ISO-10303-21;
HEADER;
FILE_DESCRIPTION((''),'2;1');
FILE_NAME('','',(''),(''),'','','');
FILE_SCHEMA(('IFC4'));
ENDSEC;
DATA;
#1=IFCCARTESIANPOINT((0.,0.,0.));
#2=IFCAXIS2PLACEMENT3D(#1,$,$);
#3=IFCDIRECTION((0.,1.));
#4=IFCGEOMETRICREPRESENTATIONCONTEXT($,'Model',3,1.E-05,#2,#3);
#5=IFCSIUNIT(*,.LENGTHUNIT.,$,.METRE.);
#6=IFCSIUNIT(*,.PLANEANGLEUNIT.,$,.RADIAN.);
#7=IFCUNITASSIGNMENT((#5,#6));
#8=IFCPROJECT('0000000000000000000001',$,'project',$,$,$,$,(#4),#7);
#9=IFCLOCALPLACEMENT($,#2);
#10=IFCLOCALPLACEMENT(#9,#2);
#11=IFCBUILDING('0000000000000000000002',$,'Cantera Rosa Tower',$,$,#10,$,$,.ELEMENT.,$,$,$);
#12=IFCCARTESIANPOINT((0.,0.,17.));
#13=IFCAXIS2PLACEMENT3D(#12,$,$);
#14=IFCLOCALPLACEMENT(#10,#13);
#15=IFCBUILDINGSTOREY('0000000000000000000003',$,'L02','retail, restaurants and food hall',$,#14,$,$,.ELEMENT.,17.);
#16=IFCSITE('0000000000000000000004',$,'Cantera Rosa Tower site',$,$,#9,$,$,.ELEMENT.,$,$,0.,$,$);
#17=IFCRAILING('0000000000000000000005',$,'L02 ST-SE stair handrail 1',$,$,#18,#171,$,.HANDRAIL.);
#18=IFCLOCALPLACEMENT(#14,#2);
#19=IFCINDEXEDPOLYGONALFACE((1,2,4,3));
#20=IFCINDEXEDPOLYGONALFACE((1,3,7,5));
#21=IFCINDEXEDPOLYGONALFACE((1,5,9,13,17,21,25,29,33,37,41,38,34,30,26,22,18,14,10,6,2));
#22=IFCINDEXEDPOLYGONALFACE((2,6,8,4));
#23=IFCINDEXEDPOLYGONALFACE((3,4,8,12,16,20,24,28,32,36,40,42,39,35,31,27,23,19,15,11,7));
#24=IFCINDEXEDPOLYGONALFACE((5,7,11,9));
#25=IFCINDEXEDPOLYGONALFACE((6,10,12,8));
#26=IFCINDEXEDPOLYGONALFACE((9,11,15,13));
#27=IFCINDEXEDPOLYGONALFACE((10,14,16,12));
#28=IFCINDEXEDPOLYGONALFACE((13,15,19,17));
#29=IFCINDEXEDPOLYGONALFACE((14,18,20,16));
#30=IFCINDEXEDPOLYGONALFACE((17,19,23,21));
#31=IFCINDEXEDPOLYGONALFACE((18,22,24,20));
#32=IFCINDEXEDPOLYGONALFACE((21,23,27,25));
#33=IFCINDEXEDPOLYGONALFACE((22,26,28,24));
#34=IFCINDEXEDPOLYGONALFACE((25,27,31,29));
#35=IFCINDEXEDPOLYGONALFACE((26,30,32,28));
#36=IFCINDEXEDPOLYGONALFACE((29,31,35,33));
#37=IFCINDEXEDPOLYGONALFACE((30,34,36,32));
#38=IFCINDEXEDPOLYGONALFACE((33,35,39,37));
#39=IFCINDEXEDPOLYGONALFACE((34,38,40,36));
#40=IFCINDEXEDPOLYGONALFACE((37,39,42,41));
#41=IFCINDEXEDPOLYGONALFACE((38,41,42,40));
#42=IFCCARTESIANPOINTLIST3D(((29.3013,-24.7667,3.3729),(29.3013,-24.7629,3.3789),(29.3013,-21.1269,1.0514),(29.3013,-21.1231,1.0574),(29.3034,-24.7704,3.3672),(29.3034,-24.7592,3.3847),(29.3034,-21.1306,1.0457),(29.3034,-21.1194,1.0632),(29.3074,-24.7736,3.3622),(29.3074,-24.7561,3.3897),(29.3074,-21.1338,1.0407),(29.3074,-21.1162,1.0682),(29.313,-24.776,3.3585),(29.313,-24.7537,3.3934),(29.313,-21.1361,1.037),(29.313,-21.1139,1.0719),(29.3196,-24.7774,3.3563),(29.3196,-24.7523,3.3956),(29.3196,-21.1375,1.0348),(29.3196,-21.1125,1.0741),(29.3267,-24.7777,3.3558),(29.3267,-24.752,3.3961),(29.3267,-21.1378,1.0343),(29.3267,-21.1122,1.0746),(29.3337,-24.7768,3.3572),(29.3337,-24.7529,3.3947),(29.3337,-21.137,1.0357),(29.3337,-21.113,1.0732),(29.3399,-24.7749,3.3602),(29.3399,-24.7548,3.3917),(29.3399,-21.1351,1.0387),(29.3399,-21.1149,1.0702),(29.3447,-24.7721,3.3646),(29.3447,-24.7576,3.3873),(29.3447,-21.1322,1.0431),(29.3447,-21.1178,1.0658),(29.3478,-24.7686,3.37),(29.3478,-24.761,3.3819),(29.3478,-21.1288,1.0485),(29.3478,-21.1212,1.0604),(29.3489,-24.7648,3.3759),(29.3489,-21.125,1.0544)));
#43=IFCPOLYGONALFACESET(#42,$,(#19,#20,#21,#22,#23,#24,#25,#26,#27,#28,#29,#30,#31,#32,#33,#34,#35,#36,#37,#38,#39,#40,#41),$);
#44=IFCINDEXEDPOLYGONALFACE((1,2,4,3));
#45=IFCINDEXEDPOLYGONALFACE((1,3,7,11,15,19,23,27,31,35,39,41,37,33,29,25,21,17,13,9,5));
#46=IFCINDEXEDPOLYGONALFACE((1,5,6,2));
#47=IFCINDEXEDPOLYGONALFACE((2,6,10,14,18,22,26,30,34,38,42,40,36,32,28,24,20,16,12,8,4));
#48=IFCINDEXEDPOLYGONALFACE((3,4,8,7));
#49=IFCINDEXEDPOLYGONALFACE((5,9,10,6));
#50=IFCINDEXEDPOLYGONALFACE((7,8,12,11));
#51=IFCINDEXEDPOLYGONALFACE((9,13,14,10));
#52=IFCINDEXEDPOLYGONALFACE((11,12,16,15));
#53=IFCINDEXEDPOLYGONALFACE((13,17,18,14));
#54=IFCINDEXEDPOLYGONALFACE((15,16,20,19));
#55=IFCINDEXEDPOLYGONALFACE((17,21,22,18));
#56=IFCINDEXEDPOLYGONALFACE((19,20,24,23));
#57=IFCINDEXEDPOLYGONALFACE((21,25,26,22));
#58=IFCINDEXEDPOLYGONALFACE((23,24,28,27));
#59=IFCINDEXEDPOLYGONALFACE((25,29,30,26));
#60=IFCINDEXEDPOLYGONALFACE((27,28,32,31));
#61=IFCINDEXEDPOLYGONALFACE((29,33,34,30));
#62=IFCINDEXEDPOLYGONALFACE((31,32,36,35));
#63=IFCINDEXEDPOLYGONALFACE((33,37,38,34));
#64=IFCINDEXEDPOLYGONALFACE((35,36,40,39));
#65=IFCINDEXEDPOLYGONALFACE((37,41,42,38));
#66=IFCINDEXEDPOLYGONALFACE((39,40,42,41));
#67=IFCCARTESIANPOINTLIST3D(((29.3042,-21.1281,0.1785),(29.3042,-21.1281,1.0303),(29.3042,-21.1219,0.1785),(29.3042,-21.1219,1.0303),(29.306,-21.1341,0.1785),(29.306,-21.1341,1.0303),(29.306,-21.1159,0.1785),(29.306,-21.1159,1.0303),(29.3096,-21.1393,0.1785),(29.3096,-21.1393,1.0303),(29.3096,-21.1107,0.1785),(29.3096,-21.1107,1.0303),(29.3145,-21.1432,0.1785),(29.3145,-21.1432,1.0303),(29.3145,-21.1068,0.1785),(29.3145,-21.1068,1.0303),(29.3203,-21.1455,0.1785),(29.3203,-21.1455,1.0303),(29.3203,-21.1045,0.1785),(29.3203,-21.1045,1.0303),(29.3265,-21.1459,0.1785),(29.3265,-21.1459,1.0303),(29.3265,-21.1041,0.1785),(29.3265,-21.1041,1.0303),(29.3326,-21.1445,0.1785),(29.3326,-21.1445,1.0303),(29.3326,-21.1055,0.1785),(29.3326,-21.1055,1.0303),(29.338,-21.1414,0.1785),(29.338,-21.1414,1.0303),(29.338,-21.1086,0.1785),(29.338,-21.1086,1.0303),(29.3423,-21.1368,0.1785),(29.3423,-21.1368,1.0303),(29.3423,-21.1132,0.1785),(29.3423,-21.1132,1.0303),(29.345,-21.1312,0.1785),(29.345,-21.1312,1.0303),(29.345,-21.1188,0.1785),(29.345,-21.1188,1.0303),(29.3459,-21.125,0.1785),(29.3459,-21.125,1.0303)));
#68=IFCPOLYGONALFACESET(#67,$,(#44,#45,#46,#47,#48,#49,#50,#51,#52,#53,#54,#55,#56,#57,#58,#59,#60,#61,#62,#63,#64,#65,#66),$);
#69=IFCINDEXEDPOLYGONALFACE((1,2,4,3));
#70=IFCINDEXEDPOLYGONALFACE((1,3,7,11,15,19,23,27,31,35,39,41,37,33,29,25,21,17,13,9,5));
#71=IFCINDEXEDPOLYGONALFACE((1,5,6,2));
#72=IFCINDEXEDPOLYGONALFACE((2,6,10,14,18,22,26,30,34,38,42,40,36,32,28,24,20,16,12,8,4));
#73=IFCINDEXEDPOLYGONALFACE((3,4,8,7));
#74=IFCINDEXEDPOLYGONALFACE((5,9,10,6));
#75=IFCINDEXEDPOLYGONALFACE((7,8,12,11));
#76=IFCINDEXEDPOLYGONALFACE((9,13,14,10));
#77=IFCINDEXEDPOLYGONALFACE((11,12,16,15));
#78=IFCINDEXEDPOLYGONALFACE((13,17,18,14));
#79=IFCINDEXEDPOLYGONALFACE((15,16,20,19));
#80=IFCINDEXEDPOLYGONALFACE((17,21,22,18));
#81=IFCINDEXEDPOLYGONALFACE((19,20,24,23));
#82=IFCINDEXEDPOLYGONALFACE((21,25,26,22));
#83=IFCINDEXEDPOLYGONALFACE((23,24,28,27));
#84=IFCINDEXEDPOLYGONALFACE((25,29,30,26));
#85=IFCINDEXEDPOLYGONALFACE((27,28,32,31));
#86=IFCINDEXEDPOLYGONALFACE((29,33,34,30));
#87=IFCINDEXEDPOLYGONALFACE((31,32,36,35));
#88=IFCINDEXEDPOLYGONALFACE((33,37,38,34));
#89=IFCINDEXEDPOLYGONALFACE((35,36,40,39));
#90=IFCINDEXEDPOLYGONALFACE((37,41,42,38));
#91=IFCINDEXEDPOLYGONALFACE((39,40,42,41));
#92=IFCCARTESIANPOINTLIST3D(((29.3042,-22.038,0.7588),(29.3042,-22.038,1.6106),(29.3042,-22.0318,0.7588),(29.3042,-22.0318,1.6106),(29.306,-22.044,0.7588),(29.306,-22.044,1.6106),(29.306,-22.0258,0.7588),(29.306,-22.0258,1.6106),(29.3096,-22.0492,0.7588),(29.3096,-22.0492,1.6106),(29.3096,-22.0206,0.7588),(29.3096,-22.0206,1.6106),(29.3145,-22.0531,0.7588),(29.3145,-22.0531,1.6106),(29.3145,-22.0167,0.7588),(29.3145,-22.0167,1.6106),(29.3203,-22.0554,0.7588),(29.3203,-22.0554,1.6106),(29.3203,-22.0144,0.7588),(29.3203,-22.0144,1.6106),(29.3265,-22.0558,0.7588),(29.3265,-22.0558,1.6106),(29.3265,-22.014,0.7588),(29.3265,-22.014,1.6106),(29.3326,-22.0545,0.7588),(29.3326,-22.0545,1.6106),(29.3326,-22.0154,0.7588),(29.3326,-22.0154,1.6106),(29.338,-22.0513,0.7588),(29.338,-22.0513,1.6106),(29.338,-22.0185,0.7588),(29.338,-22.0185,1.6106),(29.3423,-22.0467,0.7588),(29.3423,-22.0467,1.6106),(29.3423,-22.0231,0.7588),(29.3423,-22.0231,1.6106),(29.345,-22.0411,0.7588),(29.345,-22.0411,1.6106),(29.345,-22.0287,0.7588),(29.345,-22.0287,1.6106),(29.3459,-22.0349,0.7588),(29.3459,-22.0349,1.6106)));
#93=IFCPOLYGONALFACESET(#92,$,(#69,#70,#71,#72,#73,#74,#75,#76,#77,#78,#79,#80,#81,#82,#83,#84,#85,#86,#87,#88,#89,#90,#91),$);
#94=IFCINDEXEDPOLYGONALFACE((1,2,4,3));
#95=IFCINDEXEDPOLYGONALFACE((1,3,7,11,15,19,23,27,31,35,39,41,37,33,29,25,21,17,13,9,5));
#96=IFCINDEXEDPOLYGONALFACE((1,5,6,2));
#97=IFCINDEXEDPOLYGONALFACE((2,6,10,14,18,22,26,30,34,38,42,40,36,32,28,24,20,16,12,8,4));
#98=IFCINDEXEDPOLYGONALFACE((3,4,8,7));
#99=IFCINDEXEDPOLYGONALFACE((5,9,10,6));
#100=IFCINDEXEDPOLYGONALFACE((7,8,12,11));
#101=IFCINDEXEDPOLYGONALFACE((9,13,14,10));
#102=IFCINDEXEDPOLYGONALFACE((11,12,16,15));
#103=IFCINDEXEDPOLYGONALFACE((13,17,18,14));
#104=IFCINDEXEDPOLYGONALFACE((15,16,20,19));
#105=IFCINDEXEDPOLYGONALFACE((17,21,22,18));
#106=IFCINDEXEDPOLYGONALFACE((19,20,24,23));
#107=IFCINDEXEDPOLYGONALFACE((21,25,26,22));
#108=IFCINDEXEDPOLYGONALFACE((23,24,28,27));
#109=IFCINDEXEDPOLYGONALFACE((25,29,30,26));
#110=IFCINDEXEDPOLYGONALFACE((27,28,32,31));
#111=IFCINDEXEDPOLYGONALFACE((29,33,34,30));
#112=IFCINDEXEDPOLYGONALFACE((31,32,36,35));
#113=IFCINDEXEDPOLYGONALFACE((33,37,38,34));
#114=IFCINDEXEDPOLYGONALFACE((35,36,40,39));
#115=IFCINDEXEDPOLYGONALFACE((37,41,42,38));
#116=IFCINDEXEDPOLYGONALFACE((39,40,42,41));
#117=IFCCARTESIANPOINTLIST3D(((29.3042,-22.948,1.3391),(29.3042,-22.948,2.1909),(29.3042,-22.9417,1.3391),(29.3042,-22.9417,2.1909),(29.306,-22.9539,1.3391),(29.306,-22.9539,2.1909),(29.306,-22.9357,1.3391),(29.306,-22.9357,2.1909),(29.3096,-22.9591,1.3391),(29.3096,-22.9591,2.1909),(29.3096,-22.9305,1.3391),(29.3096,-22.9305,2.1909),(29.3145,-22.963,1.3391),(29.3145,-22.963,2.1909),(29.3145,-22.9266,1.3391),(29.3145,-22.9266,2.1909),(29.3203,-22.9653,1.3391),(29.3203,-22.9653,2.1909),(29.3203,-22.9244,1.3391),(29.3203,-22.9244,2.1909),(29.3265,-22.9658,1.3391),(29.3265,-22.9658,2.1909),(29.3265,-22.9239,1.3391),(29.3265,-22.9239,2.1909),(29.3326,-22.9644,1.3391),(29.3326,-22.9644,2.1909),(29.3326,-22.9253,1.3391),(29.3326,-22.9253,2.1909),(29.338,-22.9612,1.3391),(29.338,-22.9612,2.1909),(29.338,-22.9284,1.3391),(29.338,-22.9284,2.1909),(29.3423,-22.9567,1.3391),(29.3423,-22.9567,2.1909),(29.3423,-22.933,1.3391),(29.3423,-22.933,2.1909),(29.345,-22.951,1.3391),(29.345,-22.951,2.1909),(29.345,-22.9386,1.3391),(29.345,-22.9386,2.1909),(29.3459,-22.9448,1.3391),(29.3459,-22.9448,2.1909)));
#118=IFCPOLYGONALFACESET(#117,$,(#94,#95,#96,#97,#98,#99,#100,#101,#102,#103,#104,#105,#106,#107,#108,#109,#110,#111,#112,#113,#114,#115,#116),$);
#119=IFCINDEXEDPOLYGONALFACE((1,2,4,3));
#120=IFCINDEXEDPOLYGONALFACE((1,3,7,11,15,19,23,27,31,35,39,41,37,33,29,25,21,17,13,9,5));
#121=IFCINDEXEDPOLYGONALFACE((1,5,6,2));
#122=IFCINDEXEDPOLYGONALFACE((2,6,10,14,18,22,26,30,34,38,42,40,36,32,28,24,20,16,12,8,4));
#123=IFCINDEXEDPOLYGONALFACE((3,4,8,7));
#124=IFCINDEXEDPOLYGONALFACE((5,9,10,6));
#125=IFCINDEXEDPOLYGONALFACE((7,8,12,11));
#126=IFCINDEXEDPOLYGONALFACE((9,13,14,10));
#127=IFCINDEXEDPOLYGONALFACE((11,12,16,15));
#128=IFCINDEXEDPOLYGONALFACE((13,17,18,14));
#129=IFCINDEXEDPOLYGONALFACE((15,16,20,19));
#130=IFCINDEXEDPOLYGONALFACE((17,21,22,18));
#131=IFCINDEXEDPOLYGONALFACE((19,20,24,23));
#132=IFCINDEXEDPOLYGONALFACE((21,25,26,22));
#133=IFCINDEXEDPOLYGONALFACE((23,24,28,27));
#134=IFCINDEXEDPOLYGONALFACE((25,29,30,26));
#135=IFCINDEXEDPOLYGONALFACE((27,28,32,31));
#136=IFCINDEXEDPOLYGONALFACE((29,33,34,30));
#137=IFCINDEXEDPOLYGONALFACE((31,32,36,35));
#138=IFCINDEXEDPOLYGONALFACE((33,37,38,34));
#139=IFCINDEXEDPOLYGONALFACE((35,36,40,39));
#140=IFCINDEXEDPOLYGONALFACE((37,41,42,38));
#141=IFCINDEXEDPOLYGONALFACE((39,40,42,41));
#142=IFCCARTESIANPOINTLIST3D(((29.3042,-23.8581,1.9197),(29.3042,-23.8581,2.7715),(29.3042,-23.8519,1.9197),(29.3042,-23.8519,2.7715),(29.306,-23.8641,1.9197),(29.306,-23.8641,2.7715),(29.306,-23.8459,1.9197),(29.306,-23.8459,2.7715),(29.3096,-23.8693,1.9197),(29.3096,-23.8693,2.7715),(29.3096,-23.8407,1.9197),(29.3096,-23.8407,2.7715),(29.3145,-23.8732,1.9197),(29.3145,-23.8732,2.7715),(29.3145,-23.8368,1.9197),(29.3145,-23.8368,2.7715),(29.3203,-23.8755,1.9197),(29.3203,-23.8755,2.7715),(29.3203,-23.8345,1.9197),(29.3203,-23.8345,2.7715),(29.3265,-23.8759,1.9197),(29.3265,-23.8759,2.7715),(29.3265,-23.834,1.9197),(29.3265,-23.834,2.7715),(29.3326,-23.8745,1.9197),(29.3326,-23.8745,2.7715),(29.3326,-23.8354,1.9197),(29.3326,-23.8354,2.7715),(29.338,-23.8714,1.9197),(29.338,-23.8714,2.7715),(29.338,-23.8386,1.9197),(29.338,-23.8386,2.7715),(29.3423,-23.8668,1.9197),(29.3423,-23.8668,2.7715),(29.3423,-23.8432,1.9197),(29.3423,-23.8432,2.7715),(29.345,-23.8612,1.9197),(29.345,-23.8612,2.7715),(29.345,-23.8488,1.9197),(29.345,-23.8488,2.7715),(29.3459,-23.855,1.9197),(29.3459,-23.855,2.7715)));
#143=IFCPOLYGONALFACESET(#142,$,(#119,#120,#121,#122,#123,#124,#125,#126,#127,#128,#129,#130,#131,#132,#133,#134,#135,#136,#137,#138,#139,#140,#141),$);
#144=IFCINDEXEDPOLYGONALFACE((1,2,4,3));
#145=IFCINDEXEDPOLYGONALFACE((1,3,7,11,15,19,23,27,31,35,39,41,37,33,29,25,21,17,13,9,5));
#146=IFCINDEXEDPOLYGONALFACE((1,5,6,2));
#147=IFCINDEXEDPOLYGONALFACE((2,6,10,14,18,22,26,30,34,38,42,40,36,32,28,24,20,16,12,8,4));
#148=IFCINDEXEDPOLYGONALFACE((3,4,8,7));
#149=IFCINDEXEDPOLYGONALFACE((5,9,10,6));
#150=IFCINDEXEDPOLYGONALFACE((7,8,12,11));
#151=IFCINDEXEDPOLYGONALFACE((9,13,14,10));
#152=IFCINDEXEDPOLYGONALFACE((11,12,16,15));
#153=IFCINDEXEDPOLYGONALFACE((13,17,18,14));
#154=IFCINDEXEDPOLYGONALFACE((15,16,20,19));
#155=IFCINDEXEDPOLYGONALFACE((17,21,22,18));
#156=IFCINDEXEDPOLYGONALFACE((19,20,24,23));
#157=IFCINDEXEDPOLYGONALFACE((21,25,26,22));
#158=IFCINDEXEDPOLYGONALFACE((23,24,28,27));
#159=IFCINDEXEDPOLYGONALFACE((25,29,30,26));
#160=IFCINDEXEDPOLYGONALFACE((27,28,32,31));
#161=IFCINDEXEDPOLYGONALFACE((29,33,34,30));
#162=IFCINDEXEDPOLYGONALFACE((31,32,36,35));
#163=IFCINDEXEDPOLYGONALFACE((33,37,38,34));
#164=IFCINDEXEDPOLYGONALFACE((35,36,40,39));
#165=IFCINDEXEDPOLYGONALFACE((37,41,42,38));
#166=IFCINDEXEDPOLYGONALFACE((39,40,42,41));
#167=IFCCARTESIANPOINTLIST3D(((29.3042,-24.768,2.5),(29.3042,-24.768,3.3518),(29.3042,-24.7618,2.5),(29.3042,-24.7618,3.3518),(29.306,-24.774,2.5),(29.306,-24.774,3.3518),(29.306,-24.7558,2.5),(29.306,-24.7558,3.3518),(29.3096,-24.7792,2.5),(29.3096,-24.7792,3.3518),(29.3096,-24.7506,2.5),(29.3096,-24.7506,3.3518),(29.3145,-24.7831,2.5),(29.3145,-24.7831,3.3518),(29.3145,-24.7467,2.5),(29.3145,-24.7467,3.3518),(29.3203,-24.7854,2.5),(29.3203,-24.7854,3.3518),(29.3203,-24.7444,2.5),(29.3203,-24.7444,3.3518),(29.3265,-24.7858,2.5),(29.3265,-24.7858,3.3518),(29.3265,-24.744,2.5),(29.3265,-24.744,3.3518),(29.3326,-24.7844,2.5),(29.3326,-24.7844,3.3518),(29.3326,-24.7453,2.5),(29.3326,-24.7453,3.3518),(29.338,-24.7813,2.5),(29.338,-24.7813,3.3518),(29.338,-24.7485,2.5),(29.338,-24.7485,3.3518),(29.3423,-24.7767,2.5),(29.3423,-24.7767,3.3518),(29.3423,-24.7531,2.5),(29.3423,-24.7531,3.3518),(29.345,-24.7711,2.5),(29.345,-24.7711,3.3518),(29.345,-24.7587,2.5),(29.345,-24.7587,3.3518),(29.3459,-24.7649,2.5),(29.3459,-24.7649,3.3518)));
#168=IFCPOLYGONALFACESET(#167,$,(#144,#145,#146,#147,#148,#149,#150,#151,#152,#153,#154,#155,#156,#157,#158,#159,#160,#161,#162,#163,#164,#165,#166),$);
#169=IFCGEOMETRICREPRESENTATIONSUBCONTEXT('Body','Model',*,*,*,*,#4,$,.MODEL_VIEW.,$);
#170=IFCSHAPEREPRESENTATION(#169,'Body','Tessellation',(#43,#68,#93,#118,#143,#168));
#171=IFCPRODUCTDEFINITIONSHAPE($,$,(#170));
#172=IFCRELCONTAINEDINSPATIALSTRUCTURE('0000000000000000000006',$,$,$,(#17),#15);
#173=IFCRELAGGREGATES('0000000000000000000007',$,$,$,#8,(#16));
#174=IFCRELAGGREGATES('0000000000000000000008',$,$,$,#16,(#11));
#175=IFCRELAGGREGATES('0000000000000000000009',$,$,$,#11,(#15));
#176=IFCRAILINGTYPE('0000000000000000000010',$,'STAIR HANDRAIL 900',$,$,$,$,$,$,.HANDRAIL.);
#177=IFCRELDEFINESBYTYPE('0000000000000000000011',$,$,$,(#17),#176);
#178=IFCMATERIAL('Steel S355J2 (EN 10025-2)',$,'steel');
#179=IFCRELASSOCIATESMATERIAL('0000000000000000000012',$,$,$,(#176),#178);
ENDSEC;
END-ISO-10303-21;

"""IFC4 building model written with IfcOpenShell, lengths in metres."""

from ifc_helpers import new_model, si_unit, direction, frame, origin, origin_2d, place, context, subcontext, project, spatial, circle, extrude, material, type_object, element, save


model = new_model("IFC4")

# Units and contexts
model_context = context("Model", 3, precision=1e-05, world=origin(), true_north=direction((0.0, 1.0)))
body_context = subcontext(model_context, "Body", "Model", "MODEL_VIEW")
ifc_project = project(units=[si_unit("LENGTHUNIT", "METRE"), si_unit("PLANEANGLEUNIT", "RADIAN")], contexts=[model_context])

# Site, building, storey
site_placement = place(None, origin())
site = spatial("IfcSite", under=ifc_project, at=site_placement, Name="Cantera Rosa Tower site", CompositionType="ELEMENT", RefElevation=0.0)
building_placement = place(site_placement, origin())
building = spatial("IfcBuilding", under=site, at=building_placement, Name="Cantera Rosa Tower", CompositionType="ELEMENT")
storey_placement = place(building_placement, frame((0.0, 0.0, 17.0)))
storey = spatial("IfcBuildingStorey", under=building, at=storey_placement, Name="L02", Description="retail, restaurants and food hall", CompositionType="ELEMENT", Elevation=17.0)

# Railing
ifc_material_1 = material(Name="Steel S355J2 (EN 10025-2)", Category="steel")
railing_type_1 = type_object("IfcRailingType", Name="STAIR HANDRAIL 900", PredefinedType="HANDRAIL", material=ifc_material_1)
railing_1_placement = place(storey_placement, frame((29.325, -21.125, 0.1785)))
element("IfcRailing", 1, at=railing_1_placement, inside=storey, type_object=railing_type_1, Name="L02 ST-SE stair handrail 1", PredefinedType="HANDRAIL", context=body_context, shape_type="SweptSolid", body=[
    extrude(circle(Radius=0.0239, at=origin_2d()), frame((0.0, 0.0, 0.876), z_axis=(0.0, -0.843112, 0.537739), x_axis=(1.0, 0.0, 0.0)), (0.0, 0.0, 1.0), 4.3171),
    extrude(circle(Radius=0.021, at=origin_2d()), origin(), (0.0, 0.0, 1.0), 0.8518),
    extrude(circle(Radius=0.021, at=origin_2d()), frame((0.0, -0.9099, 0.5803)), (0.0, 0.0, 1.0), 0.8518),
    extrude(circle(Radius=0.021, at=origin_2d()), frame((0.0, -1.8198, 1.1606)), (0.0, 0.0, 1.0), 0.8518),
    extrude(circle(Radius=0.021, at=origin_2d()), frame((0.0, -2.73, 1.7412)), (0.0, 0.0, 1.0), 0.8518),
    extrude(circle(Radius=0.021, at=origin_2d()), frame((0.0, -3.6399, 2.3215)), (0.0, 0.0, 1.0), 0.8518),
])

save(model, "model.ifc")
